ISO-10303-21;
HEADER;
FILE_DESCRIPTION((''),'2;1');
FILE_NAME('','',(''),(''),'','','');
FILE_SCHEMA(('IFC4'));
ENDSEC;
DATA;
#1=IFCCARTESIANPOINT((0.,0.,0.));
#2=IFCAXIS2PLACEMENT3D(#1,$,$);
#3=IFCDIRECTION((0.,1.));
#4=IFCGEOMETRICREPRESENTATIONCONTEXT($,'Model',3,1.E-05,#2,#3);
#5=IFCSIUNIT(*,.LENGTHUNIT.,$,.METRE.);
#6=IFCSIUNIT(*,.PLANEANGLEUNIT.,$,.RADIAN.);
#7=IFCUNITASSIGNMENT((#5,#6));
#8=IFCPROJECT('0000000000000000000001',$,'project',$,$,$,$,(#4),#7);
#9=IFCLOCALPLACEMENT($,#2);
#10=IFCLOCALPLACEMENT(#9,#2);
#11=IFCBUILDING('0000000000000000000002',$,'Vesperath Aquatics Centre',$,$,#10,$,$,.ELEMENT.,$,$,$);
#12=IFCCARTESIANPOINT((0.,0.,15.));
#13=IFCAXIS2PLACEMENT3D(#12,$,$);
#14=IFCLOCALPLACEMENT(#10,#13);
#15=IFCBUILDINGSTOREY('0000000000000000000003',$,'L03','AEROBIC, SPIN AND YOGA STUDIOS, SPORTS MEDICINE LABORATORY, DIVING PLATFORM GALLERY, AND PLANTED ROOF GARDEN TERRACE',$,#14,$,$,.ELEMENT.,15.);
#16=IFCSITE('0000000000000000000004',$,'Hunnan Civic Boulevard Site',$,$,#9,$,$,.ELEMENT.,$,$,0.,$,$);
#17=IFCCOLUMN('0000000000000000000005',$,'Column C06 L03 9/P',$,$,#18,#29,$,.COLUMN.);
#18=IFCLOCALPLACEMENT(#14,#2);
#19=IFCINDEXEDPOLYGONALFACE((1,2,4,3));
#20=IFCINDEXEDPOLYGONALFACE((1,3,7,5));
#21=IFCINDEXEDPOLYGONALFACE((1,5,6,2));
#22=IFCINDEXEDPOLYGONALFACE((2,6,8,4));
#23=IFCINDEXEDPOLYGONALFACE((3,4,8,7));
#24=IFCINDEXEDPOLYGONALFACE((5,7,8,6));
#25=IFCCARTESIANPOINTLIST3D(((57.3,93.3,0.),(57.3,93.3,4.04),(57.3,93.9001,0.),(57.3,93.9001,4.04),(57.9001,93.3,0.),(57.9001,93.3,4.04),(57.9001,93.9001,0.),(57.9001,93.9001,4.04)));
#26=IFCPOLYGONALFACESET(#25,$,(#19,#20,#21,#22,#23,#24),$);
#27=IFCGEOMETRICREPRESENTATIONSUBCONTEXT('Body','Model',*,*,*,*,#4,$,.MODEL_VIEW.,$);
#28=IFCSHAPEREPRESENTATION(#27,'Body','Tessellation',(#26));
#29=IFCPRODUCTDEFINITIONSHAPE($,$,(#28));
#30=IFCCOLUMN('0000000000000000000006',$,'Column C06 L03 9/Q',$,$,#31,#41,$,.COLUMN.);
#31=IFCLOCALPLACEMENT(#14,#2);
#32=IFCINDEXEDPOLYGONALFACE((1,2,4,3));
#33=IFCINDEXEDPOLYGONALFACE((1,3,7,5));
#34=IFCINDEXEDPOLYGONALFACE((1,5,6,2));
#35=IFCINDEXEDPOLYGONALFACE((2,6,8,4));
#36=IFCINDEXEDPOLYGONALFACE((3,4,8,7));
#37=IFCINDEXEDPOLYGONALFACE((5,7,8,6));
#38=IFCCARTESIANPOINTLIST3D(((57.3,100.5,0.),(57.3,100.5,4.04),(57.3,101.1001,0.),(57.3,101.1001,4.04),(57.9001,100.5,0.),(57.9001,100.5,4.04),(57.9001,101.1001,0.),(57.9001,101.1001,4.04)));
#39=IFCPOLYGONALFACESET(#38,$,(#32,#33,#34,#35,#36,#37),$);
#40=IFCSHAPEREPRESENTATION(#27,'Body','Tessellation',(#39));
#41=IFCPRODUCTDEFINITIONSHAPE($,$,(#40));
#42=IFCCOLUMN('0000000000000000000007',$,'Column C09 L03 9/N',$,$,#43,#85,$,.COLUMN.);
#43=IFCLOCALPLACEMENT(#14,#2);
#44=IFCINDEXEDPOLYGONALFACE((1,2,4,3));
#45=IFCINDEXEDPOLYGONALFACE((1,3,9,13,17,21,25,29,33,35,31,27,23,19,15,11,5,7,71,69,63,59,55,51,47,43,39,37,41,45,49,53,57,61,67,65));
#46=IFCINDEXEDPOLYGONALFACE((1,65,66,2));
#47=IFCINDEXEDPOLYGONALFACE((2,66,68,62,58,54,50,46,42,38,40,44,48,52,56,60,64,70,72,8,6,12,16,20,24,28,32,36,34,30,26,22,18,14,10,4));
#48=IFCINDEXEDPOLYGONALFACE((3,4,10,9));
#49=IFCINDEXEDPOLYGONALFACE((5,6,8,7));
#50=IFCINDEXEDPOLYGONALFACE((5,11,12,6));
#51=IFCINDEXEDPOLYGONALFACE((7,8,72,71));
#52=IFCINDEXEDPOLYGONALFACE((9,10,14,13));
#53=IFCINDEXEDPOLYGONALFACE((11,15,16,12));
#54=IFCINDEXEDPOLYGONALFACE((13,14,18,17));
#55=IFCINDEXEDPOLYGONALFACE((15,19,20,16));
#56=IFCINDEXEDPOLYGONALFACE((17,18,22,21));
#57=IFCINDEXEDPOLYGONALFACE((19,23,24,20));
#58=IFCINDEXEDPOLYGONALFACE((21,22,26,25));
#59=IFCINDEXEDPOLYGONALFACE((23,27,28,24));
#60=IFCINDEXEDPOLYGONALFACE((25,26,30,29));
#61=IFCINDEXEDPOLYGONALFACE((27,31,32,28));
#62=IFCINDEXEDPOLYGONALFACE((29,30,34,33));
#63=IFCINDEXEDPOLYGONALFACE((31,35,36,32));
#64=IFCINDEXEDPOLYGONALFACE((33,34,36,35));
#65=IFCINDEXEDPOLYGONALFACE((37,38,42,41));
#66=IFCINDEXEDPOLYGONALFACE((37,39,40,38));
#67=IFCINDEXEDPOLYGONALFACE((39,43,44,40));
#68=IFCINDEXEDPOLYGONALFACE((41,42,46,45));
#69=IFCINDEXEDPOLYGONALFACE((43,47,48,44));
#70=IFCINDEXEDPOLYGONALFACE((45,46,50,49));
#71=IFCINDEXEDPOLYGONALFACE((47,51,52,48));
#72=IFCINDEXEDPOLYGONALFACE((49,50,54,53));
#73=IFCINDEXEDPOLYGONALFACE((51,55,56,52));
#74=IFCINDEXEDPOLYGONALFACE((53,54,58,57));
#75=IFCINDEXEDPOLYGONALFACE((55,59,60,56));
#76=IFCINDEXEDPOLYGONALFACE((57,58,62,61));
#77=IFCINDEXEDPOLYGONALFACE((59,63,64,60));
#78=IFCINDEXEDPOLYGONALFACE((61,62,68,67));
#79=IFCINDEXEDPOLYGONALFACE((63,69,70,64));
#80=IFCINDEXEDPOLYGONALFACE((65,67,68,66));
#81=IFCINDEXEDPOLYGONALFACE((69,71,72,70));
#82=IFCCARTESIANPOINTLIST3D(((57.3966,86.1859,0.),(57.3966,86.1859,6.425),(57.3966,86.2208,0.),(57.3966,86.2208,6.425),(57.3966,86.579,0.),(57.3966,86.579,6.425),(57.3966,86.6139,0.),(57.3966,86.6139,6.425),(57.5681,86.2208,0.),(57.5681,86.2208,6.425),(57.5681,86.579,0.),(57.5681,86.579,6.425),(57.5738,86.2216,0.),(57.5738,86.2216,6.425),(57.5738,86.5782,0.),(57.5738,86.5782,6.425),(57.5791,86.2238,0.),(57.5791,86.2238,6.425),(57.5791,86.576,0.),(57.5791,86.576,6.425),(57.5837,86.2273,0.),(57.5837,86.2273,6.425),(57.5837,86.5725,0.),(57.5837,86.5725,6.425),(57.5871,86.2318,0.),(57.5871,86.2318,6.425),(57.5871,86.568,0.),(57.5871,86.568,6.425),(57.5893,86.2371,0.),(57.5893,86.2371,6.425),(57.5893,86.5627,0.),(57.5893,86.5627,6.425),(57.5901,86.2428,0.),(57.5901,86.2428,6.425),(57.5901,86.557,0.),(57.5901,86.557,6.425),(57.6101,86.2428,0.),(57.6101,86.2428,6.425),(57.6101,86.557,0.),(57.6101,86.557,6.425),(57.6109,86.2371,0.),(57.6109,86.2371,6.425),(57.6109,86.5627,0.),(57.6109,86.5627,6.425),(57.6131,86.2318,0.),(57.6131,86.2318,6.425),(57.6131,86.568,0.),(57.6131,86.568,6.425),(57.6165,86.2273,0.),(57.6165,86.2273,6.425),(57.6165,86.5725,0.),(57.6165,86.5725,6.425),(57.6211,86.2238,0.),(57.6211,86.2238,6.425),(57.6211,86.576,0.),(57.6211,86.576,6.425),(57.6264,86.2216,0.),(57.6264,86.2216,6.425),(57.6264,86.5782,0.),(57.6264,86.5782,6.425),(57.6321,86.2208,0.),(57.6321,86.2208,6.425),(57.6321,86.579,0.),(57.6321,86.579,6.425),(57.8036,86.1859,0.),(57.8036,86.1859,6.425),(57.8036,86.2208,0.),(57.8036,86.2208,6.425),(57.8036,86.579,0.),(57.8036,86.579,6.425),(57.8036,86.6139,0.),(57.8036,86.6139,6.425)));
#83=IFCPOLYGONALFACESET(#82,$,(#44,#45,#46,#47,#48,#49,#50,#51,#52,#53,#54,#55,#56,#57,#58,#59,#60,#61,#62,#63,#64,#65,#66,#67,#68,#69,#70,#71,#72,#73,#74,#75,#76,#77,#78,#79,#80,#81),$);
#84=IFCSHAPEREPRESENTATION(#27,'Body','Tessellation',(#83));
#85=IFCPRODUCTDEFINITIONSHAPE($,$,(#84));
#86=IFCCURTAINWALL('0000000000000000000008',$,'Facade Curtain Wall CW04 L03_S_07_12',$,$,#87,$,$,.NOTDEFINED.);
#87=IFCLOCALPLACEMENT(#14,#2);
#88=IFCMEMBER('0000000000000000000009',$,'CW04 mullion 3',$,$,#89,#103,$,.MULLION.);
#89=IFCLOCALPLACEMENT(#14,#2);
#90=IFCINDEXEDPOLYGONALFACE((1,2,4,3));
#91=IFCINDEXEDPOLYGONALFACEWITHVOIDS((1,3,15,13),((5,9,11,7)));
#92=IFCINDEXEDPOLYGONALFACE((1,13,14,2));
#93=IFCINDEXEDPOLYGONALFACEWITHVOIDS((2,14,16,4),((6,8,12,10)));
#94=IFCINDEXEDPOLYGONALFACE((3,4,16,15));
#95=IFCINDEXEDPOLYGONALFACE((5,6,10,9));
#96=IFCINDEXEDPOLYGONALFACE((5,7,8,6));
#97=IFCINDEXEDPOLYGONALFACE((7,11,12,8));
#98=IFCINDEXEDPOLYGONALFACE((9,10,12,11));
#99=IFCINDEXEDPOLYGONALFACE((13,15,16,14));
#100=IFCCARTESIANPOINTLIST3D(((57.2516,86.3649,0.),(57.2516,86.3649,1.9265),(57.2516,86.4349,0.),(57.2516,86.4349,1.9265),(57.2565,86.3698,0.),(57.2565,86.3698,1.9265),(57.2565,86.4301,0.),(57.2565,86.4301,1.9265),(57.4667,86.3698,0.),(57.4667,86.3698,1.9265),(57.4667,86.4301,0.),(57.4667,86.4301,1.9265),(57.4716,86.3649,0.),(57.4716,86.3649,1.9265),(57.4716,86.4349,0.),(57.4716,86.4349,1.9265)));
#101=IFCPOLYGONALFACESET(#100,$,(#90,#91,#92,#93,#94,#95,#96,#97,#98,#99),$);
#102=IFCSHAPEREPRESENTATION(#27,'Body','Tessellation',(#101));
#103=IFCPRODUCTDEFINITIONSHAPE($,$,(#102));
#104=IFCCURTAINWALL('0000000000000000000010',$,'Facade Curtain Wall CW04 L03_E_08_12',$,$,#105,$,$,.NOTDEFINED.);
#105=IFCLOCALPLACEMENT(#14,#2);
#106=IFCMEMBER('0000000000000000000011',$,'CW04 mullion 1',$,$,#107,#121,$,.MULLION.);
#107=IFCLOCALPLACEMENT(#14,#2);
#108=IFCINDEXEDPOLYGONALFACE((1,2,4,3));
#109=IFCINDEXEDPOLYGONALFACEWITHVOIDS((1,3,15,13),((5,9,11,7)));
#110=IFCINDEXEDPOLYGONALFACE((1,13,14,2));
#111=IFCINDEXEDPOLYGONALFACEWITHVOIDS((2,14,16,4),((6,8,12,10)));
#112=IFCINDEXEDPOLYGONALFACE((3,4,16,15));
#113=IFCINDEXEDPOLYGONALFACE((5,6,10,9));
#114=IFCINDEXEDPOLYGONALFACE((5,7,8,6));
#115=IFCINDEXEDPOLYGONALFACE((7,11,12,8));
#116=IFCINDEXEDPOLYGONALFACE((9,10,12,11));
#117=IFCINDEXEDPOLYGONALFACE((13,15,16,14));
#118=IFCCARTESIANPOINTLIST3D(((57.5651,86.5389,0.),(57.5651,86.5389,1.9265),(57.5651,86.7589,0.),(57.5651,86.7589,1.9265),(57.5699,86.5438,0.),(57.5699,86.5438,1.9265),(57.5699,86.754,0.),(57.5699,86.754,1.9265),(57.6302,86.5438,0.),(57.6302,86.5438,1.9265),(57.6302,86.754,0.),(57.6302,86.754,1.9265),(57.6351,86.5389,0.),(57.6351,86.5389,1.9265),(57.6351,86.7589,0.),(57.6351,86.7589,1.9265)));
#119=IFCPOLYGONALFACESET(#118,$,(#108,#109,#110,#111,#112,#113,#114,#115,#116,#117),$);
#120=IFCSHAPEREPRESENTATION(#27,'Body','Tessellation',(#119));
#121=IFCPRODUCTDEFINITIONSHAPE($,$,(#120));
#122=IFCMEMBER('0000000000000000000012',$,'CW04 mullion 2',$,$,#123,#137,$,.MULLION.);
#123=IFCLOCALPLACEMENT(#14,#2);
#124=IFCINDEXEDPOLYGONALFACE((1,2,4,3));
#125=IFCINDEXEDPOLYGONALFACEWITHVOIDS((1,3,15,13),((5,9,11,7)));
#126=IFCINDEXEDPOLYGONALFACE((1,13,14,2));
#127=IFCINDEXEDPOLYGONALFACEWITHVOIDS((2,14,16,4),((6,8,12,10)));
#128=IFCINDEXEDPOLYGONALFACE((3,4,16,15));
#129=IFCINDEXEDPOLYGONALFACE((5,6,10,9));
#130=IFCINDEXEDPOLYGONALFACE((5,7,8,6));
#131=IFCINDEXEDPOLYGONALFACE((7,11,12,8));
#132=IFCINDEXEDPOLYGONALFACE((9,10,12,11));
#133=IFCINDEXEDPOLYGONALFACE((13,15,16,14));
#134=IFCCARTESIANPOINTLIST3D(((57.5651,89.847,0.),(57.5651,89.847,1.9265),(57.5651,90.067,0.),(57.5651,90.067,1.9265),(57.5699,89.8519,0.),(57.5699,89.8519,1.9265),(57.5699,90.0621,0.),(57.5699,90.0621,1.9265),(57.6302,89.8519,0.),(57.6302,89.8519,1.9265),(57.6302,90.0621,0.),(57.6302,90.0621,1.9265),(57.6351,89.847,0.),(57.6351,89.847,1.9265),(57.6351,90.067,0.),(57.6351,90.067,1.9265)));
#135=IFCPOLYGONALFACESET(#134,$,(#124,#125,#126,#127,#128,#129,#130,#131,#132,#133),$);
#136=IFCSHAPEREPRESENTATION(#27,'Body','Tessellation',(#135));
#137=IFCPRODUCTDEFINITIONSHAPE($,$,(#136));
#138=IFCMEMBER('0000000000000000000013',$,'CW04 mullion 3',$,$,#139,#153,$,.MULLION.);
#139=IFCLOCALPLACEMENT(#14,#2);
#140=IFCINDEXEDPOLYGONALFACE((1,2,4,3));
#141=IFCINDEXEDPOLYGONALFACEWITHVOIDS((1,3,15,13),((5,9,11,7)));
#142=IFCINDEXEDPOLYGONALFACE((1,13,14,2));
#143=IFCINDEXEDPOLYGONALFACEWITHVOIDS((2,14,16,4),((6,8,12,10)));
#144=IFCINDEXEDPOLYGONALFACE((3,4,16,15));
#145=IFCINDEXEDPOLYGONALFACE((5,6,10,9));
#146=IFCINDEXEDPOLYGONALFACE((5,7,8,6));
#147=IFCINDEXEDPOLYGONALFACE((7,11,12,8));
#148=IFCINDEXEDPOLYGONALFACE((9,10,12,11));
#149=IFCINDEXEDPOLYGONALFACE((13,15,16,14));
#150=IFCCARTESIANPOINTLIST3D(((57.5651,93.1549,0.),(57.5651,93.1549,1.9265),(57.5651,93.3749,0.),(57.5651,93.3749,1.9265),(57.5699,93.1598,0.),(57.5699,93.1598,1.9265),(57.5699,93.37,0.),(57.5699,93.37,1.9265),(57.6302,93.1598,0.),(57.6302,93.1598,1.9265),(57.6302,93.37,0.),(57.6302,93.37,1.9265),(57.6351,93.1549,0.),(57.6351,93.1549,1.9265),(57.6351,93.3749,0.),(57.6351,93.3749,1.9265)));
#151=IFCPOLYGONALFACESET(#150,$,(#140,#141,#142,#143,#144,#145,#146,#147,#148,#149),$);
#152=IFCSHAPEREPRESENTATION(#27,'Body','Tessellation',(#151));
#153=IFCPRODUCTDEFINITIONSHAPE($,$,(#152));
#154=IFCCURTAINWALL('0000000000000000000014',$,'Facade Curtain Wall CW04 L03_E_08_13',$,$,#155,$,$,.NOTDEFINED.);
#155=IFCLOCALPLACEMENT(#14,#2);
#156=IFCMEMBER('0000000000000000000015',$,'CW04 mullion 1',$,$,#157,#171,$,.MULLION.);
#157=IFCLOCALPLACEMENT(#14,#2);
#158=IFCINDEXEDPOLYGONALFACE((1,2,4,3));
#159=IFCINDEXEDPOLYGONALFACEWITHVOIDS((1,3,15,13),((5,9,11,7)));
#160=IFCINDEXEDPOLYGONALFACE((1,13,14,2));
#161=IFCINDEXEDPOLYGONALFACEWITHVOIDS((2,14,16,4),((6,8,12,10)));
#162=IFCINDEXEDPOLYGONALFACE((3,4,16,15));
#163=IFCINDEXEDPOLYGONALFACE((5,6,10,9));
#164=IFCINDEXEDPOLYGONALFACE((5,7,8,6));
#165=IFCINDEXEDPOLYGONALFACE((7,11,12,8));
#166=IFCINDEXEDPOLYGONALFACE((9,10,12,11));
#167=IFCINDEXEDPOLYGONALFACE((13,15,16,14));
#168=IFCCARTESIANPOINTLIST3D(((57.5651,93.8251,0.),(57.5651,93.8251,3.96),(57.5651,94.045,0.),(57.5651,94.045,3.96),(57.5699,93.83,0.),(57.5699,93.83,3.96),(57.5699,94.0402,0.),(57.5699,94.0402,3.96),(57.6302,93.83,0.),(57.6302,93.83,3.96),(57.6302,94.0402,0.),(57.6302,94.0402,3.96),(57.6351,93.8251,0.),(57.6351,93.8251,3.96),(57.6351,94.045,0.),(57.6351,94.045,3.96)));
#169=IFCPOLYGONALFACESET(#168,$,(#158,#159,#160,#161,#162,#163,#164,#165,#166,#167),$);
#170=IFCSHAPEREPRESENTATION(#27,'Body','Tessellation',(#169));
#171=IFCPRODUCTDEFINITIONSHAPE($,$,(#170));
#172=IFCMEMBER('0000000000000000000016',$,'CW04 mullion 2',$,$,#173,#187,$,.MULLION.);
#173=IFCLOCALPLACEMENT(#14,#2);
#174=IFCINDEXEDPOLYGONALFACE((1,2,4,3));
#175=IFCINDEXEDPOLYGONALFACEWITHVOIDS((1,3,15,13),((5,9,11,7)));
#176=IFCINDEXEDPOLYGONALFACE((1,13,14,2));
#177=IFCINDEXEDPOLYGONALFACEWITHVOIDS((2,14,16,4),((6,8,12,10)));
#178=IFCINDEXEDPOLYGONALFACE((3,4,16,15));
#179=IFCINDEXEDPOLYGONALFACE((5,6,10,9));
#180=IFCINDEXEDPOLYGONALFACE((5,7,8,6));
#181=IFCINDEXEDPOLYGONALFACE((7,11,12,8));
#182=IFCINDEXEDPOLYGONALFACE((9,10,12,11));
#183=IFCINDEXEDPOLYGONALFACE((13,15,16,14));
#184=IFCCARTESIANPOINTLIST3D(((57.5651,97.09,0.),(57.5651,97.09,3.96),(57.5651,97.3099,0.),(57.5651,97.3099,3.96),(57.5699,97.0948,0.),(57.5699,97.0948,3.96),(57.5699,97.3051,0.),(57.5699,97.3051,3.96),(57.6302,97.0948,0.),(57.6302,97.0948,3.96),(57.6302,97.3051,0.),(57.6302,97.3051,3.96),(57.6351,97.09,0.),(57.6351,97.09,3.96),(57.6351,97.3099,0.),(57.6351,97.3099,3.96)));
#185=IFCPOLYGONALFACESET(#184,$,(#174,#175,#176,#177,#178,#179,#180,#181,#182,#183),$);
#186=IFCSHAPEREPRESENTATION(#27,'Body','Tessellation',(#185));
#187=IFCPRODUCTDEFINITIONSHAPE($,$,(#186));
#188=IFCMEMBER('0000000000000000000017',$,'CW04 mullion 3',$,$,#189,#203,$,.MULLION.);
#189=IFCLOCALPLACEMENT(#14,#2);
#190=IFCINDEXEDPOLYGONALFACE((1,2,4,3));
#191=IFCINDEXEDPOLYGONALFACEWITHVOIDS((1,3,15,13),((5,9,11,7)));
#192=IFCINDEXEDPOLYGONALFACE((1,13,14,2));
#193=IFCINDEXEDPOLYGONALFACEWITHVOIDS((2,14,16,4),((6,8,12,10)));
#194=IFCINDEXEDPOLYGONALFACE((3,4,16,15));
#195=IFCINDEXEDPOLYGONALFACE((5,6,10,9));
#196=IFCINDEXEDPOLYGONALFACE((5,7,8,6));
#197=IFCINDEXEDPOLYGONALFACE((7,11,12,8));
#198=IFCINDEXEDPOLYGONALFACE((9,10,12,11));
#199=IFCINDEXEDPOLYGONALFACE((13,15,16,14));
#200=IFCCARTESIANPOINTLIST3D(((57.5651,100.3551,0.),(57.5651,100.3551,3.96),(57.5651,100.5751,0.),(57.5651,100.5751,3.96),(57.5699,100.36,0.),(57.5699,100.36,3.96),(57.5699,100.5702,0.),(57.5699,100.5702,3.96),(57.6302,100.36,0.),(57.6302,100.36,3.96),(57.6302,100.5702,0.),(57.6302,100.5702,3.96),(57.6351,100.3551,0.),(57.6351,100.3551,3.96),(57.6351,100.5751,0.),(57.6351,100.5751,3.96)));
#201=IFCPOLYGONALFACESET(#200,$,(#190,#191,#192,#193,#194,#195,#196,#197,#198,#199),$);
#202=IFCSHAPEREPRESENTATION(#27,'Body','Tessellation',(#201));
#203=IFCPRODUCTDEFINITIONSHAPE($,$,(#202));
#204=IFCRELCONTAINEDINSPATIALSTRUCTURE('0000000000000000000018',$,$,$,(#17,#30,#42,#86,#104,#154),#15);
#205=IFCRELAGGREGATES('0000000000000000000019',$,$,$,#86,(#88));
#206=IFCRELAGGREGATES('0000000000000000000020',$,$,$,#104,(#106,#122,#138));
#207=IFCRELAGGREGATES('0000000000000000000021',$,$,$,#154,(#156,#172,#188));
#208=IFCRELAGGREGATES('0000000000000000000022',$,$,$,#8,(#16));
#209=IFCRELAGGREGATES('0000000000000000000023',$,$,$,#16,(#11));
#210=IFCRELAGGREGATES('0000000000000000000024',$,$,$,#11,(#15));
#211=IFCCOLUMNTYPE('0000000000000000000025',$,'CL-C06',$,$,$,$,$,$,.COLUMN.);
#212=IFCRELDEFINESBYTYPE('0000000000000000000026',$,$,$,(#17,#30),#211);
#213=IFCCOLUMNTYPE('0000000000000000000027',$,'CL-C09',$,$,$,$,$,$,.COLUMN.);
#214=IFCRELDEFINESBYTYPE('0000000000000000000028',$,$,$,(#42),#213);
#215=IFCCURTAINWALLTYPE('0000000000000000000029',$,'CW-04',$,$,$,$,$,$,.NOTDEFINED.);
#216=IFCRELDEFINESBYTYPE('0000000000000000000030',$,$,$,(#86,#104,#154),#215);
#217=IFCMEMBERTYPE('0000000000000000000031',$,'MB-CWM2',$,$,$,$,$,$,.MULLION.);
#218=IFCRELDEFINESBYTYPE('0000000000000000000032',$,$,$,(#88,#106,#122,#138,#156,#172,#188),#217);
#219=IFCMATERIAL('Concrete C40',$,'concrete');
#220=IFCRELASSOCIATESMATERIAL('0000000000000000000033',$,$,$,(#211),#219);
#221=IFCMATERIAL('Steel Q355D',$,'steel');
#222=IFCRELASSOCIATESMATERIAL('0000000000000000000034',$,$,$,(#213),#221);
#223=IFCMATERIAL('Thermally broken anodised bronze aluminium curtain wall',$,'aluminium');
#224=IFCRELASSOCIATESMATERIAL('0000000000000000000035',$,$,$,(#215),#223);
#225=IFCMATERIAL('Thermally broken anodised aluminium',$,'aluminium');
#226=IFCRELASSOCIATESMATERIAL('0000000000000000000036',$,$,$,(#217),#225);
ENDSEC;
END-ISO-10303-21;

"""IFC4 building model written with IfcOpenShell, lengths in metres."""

from ifc_helpers import new_model, si_unit, direction, frame, origin, origin_2d, place, context, subcontext, project, spatial, rectangle, hollow_rectangle, i_section, extrude, material, material_profile, profile_set, type_object, element, aggregate, save


model = new_model("IFC4")

# Units and contexts
model_context = context("Model", 3, precision=1e-05, world=origin(), true_north=direction((0.0, 1.0)))
body_context = subcontext(model_context, "Body", "Model", "MODEL_VIEW")
ifc_project = project(units=[si_unit("LENGTHUNIT", "METRE"), si_unit("PLANEANGLEUNIT", "RADIAN")], contexts=[model_context])

# Site, building, storey
site_placement = place(None, origin())
site = spatial("IfcSite", under=ifc_project, at=site_placement, Name="Hunnan Civic Boulevard Site", CompositionType="ELEMENT", RefElevation=0.0)
building_placement = place(site_placement, origin())
building = spatial("IfcBuilding", under=site, at=building_placement, Name="Vesperath Aquatics Centre", CompositionType="ELEMENT")
storey_placement = place(building_placement, frame((0.0, 0.0, 15.0)))
storey = spatial("IfcBuildingStorey", under=building, at=storey_placement, Name="L03", Description="AEROBIC, SPIN AND YOGA STUDIOS, SPORTS MEDICINE LABORATORY, DIVING PLATFORM GALLERY, AND PLANTED ROOF GARDEN TERRACE", CompositionType="ELEMENT", Elevation=15.0)

# Columns
ifc_material_1 = material(Name="Concrete C40", Category="concrete")
ifc_material_profile_1 = material_profile(ifc_material_1, rectangle(XDim=0.6001, YDim=0.6001, at=origin_2d()), Name="RC 600x600")
ifc_profile_set_1 = profile_set([ifc_material_profile_1], Name="Concrete C40")
column_type_1 = type_object("IfcColumnType", Name="CL-C06", PredefinedType="COLUMN", material=ifc_profile_set_1)
for number, where, z_axis, x_axis, name in (
    (1, (57.6001, 93.6001, 0.0), (0.0, 0.0, 1.0), (1.0, 0.0, 0.0), "Column C06 L03 9/P"),
    (2, (57.6001, 100.8, 0.0), (0.0, 0.0, 1.0), (1.0, 0.0, 0.0), "Column C06 L03 9/Q"),
):
    element("IfcColumn", number, at=place(storey_placement, frame(where, z_axis=z_axis, x_axis=x_axis)), inside=storey, type_object=column_type_1, Name=name, PredefinedType="COLUMN", context=body_context, shape_type="SweptSolid", body=[
        extrude(rectangle(XDim=0.6001, YDim=0.6001, at=origin_2d()), origin(), (0.0, 0.0, 1.0), 4.04),
    ])
ifc_material_2 = material(Name="Steel Q355D", Category="steel")
ifc_material_profile_2 = material_profile(ifc_material_2, i_section(OverallWidth=0.407, OverallDepth=0.428, WebThickness=0.02, FlangeThickness=0.0349, FilletRadius=0.022, at=origin_2d()), Name="HW 428x407x20x35")
ifc_profile_set_2 = profile_set([ifc_material_profile_2], Name="Steel Q355D")
column_type_2 = type_object("IfcColumnType", Name="CL-C09", PredefinedType="COLUMN", material=ifc_profile_set_2)
column_placement = place(storey_placement, frame((57.6001, 86.3999, 0.0), z_axis=(0.0, 0.0, 1.0), x_axis=(1.0, 0.0, 0.0)))
element("IfcColumn", 3, at=column_placement, inside=storey, type_object=column_type_2, Name="Column C09 L03 9/N", PredefinedType="COLUMN", context=body_context, shape_type="SweptSolid", body=[
    extrude(i_section(OverallWidth=0.407, OverallDepth=0.428, WebThickness=0.02, FlangeThickness=0.0349, FilletRadius=0.022, at=origin_2d()), origin(), (0.0, 0.0, 1.0), 6.425),
])

# Curtain wall, member
ifc_material_3 = material(Name="Thermally broken anodised bronze aluminium curtain wall", Category="aluminium")
curtain_wall_type = type_object("IfcCurtainWallType", Name="CW-04", PredefinedType="NOTDEFINED", material=ifc_material_3)
curtain_wall_1_placement = place(storey_placement, origin())
curtain_wall_1 = element("IfcCurtainWall", 4, at=curtain_wall_1_placement, inside=storey, type_object=curtain_wall_type, Name="Facade Curtain Wall CW04 L03_S_07_12", PredefinedType="NOTDEFINED")
ifc_material_4 = material(Name="Thermally broken anodised aluminium", Category="aluminium")
ifc_material_profile_3 = material_profile(ifc_material_4, hollow_rectangle(XDim=0.0701, YDim=0.22, WallThickness=0.0049, at=origin_2d()), Name="CWM 70x220x5")
ifc_profile_set_3 = profile_set([ifc_material_profile_3], Name="Thermally broken anodised aluminium")
member_type_1 = type_object("IfcMemberType", Name="MB-CWM2", PredefinedType="MULLION", material=ifc_profile_set_3)
member_1_placement = place(storey_placement, frame((57.3616, 86.3999, 0.0), z_axis=(0.0, 0.0, 1.0), x_axis=(0.0, 1.0, 0.0)))
member_1 = element("IfcMember", 5, at=member_1_placement, type_object=member_type_1, Name="CW04 mullion 3", PredefinedType="MULLION", context=body_context, shape_type="SweptSolid", body=[
    extrude(hollow_rectangle(XDim=0.0701, YDim=0.22, WallThickness=0.0049, at=origin_2d()), origin(), (0.0, 0.0, 1.0), 1.9265),
])

# Curtain walls, members
curtain_wall_2_placement = place(storey_placement, origin())
curtain_wall_2 = element("IfcCurtainWall", 6, at=curtain_wall_2_placement, inside=storey, type_object=curtain_wall_type, Name="Facade Curtain Wall CW04 L03_E_08_12", PredefinedType="NOTDEFINED")
member_2_placement = place(storey_placement, frame((57.6001, 86.6489, 0.0), z_axis=(0.0, 0.0, 1.0), x_axis=(-1.0, 0.0, 0.0)))
member_2 = element("IfcMember", 7, at=member_2_placement, type_object=member_type_1, Name="CW04 mullion 1", PredefinedType="MULLION", context=body_context, shape_type="SweptSolid", body=[
    extrude(hollow_rectangle(XDim=0.0701, YDim=0.22, WallThickness=0.0049, at=origin_2d()), origin(), (0.0, 0.0, 1.0), 1.9265),
])
member_3_placement = place(storey_placement, frame((57.6001, 89.957, 0.0), z_axis=(0.0, 0.0, 1.0), x_axis=(-1.0, 0.0, 0.0)))
member_3 = element("IfcMember", 8, at=member_3_placement, type_object=member_type_1, Name="CW04 mullion 2", PredefinedType="MULLION", context=body_context, shape_type="SweptSolid", body=[
    extrude(hollow_rectangle(XDim=0.0701, YDim=0.22, WallThickness=0.0049, at=origin_2d()), origin(), (0.0, 0.0, 1.0), 1.9265),
])
member_4_placement = place(storey_placement, frame((57.6001, 93.2649, 0.0), z_axis=(0.0, 0.0, 1.0), x_axis=(-1.0, 0.0, 0.0)))
member_4 = element("IfcMember", 9, at=member_4_placement, type_object=member_type_1, Name="CW04 mullion 3", PredefinedType="MULLION", context=body_context, shape_type="SweptSolid", body=[
    extrude(hollow_rectangle(XDim=0.0701, YDim=0.22, WallThickness=0.0049, at=origin_2d()), origin(), (0.0, 0.0, 1.0), 1.9265),
])
curtain_wall_3_placement = place(storey_placement, origin())
curtain_wall_3 = element("IfcCurtainWall", 10, at=curtain_wall_3_placement, inside=storey, type_object=curtain_wall_type, Name="Facade Curtain Wall CW04 L03_E_08_13", PredefinedType="NOTDEFINED")
member_5_placement = place(storey_placement, frame((57.6001, 93.9351, 0.0), z_axis=(0.0, 0.0, 1.0), x_axis=(-1.0, 0.0, 0.0)))
member_5 = element("IfcMember", 11, at=member_5_placement, type_object=member_type_1, Name="CW04 mullion 1", PredefinedType="MULLION", context=body_context, shape_type="SweptSolid", body=[
    extrude(hollow_rectangle(XDim=0.0701, YDim=0.22, WallThickness=0.0049, at=origin_2d()), origin(), (0.0, 0.0, 1.0), 3.96),
])
member_6_placement = place(storey_placement, frame((57.6001, 97.2, 0.0), z_axis=(0.0, 0.0, 1.0), x_axis=(-1.0, 0.0, 0.0)))
member_6 = element("IfcMember", 12, at=member_6_placement, type_object=member_type_1, Name="CW04 mullion 2", PredefinedType="MULLION", context=body_context, shape_type="SweptSolid", body=[
    extrude(hollow_rectangle(XDim=0.0701, YDim=0.22, WallThickness=0.0049, at=origin_2d()), origin(), (0.0, 0.0, 1.0), 3.96),
])
member_7_placement = place(storey_placement, frame((57.6001, 100.4651, 0.0), z_axis=(0.0, 0.0, 1.0), x_axis=(-1.0, 0.0, 0.0)))
member_7 = element("IfcMember", 13, at=member_7_placement, type_object=member_type_1, Name="CW04 mullion 3", PredefinedType="MULLION", context=body_context, shape_type="SweptSolid", body=[
    extrude(hollow_rectangle(XDim=0.0701, YDim=0.22, WallThickness=0.0049, at=origin_2d()), origin(), (0.0, 0.0, 1.0), 3.96),
])

aggregate(curtain_wall_1, [member_1])
aggregate(curtain_wall_2, [member_2, member_3, member_4])
aggregate(curtain_wall_3, [member_5, member_6, member_7])

save(model, "model.ifc")
